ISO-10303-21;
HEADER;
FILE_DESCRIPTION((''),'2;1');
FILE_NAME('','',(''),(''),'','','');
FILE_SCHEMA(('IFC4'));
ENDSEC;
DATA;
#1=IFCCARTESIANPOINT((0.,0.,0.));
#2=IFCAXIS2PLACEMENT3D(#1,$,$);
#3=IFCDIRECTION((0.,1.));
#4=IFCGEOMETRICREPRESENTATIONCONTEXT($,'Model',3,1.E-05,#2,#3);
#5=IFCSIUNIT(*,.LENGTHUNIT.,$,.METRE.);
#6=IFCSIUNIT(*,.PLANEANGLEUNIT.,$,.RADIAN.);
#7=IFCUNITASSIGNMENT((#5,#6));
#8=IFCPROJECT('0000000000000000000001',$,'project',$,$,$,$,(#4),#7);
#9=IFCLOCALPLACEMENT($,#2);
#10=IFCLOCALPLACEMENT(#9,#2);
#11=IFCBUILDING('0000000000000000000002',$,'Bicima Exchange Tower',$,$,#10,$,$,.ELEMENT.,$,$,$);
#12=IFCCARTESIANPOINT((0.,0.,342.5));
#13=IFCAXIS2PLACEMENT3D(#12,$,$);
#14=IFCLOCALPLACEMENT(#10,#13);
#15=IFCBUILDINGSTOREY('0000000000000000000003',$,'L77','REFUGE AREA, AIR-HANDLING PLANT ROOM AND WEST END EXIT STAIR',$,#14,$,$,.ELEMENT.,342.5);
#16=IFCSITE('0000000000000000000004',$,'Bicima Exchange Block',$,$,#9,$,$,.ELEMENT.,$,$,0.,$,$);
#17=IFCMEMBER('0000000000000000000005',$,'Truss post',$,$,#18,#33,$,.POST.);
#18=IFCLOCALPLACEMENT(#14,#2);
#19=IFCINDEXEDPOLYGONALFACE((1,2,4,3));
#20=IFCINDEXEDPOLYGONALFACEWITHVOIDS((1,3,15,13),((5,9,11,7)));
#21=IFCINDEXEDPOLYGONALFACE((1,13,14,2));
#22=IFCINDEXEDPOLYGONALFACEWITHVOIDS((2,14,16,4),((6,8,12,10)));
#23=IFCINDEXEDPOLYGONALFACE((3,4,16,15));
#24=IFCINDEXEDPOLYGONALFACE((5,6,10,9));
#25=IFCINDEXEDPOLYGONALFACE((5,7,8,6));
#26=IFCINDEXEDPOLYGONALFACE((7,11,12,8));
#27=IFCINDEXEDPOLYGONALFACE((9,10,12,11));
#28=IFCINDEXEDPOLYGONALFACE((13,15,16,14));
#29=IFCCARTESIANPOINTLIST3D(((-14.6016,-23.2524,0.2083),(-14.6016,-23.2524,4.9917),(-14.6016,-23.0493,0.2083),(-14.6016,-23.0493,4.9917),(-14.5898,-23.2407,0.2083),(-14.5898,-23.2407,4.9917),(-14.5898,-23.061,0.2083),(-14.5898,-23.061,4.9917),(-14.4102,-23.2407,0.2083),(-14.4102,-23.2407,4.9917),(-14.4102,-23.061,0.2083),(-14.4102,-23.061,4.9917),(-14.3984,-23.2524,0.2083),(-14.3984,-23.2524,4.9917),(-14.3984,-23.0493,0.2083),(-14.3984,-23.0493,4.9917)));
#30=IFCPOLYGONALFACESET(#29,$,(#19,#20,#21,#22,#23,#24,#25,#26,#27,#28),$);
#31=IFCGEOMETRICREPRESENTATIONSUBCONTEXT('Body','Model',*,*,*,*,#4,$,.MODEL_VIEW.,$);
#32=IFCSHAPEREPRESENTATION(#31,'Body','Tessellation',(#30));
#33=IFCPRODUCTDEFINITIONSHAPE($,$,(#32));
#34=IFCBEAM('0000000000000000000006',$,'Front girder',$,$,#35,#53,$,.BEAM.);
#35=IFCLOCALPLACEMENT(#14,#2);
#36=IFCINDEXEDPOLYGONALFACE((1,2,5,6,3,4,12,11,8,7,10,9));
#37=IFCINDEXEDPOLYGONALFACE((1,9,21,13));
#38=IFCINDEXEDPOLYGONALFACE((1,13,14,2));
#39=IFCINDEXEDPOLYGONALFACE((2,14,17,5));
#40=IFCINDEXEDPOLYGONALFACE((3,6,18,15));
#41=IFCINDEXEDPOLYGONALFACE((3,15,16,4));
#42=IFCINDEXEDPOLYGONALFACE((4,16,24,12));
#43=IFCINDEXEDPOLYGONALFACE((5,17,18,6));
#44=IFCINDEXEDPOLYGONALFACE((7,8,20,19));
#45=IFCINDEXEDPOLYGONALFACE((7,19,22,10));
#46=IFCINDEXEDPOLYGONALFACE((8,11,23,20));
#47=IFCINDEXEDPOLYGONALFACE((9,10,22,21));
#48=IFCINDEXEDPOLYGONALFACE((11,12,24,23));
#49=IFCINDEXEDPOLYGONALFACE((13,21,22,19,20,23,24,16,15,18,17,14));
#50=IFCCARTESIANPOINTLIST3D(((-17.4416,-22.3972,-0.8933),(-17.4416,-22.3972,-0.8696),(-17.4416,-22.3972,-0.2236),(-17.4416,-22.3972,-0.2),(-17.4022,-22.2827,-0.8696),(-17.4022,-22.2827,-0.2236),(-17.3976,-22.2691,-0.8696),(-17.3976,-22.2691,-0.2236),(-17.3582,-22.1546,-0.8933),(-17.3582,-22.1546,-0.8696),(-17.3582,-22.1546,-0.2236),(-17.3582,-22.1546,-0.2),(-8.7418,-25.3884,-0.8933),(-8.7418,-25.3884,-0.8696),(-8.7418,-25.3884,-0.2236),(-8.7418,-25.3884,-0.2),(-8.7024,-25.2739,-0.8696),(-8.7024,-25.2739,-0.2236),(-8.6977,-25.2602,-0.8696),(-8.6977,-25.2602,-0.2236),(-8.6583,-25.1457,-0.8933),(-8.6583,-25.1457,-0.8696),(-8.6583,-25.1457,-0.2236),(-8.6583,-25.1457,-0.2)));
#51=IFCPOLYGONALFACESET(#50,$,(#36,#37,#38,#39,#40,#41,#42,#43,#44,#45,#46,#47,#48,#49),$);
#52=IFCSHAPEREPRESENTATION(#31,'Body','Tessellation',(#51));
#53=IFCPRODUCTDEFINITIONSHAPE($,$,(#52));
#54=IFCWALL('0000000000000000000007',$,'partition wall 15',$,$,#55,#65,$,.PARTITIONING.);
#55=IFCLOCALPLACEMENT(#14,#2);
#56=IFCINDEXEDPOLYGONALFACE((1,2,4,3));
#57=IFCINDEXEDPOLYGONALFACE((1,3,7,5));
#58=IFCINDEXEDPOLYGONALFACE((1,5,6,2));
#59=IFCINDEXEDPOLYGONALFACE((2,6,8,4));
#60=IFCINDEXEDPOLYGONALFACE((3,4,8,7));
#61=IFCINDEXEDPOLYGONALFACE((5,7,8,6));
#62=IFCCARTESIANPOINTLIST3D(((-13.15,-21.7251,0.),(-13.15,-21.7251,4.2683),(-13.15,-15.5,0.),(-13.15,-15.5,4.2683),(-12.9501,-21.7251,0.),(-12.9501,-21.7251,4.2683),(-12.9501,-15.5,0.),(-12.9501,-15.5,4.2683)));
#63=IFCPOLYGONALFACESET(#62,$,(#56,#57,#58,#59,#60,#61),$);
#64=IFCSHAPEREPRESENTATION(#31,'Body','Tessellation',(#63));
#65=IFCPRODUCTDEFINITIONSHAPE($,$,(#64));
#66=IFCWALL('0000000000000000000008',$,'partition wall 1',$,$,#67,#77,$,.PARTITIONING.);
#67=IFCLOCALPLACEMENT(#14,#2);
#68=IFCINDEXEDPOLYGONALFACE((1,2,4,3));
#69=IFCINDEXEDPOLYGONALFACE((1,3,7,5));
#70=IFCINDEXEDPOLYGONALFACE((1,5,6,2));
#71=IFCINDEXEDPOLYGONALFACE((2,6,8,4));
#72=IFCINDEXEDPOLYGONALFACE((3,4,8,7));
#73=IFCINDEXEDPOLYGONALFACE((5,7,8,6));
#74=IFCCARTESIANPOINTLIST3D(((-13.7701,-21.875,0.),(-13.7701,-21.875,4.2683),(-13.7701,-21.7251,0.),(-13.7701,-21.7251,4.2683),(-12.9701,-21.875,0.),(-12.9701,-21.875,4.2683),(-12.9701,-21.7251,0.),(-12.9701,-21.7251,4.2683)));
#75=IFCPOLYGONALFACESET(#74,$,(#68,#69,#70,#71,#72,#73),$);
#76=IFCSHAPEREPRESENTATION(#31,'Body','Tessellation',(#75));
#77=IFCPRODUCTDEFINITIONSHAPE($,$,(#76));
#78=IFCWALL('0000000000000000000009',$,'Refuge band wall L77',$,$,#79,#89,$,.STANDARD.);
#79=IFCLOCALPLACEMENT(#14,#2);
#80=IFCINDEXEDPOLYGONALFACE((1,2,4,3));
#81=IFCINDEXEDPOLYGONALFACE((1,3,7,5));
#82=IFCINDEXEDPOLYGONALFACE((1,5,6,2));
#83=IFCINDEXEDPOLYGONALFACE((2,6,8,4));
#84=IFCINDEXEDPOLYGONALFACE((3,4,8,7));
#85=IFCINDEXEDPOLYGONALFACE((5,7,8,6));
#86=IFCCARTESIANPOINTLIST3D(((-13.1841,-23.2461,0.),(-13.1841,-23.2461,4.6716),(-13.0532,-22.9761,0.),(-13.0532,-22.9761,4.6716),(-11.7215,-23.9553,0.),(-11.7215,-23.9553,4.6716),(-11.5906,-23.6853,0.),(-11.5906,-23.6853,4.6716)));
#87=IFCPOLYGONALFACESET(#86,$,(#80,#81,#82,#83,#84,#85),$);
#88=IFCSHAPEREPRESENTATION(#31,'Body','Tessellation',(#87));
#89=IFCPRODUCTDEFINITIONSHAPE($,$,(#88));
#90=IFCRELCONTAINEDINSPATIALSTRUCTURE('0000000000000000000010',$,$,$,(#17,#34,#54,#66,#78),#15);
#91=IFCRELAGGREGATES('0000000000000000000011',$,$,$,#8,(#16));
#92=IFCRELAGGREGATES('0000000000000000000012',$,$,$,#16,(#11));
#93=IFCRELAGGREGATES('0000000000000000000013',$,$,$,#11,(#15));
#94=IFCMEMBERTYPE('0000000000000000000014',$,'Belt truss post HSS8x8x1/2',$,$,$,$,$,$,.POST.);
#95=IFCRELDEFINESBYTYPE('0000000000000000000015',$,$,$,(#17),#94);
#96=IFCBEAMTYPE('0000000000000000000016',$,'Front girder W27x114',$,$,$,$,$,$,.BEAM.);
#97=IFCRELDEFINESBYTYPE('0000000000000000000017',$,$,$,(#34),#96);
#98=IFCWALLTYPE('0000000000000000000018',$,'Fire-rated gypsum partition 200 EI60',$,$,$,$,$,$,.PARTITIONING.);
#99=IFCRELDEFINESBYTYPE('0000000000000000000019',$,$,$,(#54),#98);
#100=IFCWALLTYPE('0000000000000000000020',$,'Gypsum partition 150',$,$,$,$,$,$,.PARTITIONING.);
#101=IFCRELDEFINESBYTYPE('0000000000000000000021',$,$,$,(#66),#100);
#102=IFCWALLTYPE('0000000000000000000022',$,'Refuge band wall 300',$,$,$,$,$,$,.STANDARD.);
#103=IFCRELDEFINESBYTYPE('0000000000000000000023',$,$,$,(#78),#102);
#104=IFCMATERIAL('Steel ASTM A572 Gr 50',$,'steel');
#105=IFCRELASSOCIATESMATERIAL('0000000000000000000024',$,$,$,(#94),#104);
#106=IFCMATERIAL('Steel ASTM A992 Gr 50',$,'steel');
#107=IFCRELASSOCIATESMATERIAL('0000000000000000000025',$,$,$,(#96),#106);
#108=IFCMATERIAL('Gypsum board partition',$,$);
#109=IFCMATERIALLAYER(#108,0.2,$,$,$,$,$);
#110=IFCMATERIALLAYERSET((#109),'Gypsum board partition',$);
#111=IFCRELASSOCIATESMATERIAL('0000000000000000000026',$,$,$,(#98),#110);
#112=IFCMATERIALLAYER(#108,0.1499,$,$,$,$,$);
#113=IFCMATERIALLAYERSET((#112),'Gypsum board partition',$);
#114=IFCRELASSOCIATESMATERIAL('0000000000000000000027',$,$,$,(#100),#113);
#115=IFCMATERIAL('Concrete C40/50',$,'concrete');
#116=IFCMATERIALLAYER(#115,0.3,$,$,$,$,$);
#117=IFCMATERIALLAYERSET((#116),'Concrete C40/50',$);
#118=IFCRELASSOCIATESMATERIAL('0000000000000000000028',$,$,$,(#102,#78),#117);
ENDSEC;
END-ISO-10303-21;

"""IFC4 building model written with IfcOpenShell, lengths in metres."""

from ifc_helpers import new_model, si_unit, direction, frame, frame_2d, origin, origin_2d, place, context, subcontext, project, spatial, rectangle, hollow_rectangle, i_section, extrude, material, layer, layer_set, layer_usage, material_profile, profile_set, type_object, element, save


model = new_model("IFC4")

# Units and contexts
model_context = context("Model", 3, precision=1e-05, world=origin(), true_north=direction((0.0, 1.0)))
body_context = subcontext(model_context, "Body", "Model", "MODEL_VIEW")
ifc_project = project(units=[si_unit("LENGTHUNIT", "METRE"), si_unit("PLANEANGLEUNIT", "RADIAN")], contexts=[model_context])

# Site, building, storey
site_placement = place(None, origin())
site = spatial("IfcSite", under=ifc_project, at=site_placement, Name="Bicima Exchange Block", CompositionType="ELEMENT", RefElevation=0.0)
building_placement = place(site_placement, origin())
building = spatial("IfcBuilding", under=site, at=building_placement, Name="Bicima Exchange Tower", CompositionType="ELEMENT")
storey_placement = place(building_placement, frame((0.0, 0.0, 342.5)))
storey = spatial("IfcBuildingStorey", under=building, at=storey_placement, Name="L77", Description="REFUGE AREA, AIR-HANDLING PLANT ROOM AND WEST END EXIT STAIR", CompositionType="ELEMENT", Elevation=342.5)

# Shared definitions
ifc_material_1 = material(Name="Steel ASTM A992 Gr 50", Category="steel")

# Member
ifc_material_2 = material(Name="Steel ASTM A572 Gr 50", Category="steel")
ifc_material_profile_1 = material_profile(ifc_material_2, hollow_rectangle(XDim=0.2031, YDim=0.2031, WallThickness=0.0117, at=origin_2d()))
ifc_profile_set_1 = profile_set([ifc_material_profile_1], Name="Steel ASTM A572 Gr 50")
member_type_1 = type_object("IfcMemberType", Name="Belt truss post HSS8x8x1/2", PredefinedType="POST", material=ifc_profile_set_1)
for number, where, z_axis, x_axis, name in (
    (1, (-14.5, -23.1509, 0.2083), (0.0, 0.0, 1.0), (1.0, 0.0, 0.0), "Truss post"),
):
    element("IfcMember", number, at=place(storey_placement, frame(where, z_axis=z_axis, x_axis=x_axis)), inside=storey, type_object=member_type_1, Name=name, PredefinedType="POST", context=body_context, shape_type="SweptSolid", body=[
        extrude(hollow_rectangle(XDim=0.2031, YDim=0.2031, WallThickness=0.0117, at=origin_2d()), origin(), (0.0, 0.0, 1.0), 4.7834),
    ])

# Beam
ifc_material_profile_2 = material_profile(ifc_material_1, i_section(OverallWidth=0.2566, OverallDepth=0.6934, WebThickness=0.0144, FlangeThickness=0.0237, at=origin_2d()))
ifc_profile_set_2 = profile_set([ifc_material_profile_2], Name="Steel ASTM A992 Gr 50")
beam_type = type_object("IfcBeamType", Name="Front girder W27x114", PredefinedType="BEAM", material=ifc_profile_set_2)
beam_placement = place(storey_placement, frame((-17.3999, -22.2759, -0.5466), z_axis=(0.945666, -0.325138, 0.0), x_axis=(0.325138, 0.945666, 0.0)))
element("IfcBeam", 2, at=beam_placement, inside=storey, type_object=beam_type, Name="Front girder", PredefinedType="BEAM", context=body_context, shape_type="SweptSolid", body=[
    extrude(i_section(OverallWidth=0.2566, OverallDepth=0.6934, WebThickness=0.0144, FlangeThickness=0.0237, at=origin_2d()), origin(), (0.0, 0.0, 1.0), 9.1997),
])

# Walls
ifc_material_3 = material(Name="Gypsum board partition")
ifc_layer_1 = layer(ifc_material_3, 0.2)
ifc_layer_set_1 = layer_set([ifc_layer_1], Name="Gypsum board partition")
wall_type_1 = type_object("IfcWallType", Name="Fire-rated gypsum partition 200 EI60", PredefinedType="PARTITIONING", material=ifc_layer_set_1)
wall_1_placement = place(storey_placement, frame((-13.05, -21.7251, 0.0), z_axis=(0.0, 0.0, 1.0), x_axis=(0.0, 1.0, 0.0)))
element("IfcWall", 3, at=wall_1_placement, inside=storey, type_object=wall_type_1, Name="partition wall 15", PredefinedType="PARTITIONING", context=body_context, shape_type="SweptSolid", body=[
    extrude(rectangle(XDim=6.2251, YDim=0.2, at=frame_2d((3.1125, 0.0))), origin(), (0.0, 0.0, 1.0), 4.2683),
])
ifc_layer_2 = layer(ifc_material_3, 0.1499)
ifc_layer_set_2 = layer_set([ifc_layer_2], Name="Gypsum board partition")
wall_type_2 = type_object("IfcWallType", Name="Gypsum partition 150", PredefinedType="PARTITIONING", material=ifc_layer_set_2)
wall_2_placement = place(storey_placement, frame((-13.77, -21.8, 0.0), z_axis=(0.0, 0.0, 1.0), x_axis=(1.0, 0.0, 0.0)))
element("IfcWall", 4, at=wall_2_placement, inside=storey, type_object=wall_type_2, Name="partition wall 1", PredefinedType="PARTITIONING", context=body_context, shape_type="SweptSolid", body=[
    extrude(rectangle(XDim=0.8, YDim=0.1499, at=frame_2d((0.3999, 0.0))), origin(), (0.0, 0.0, 1.0), 4.2683),
])
ifc_material_4 = material(Name="Concrete C40/50", Category="concrete")
ifc_layer_3 = layer(ifc_material_4, 0.3)
ifc_layer_set_3 = layer_set([ifc_layer_3], Name="Concrete C40/50")
ifc_layer_usage = layer_usage(ifc_layer_set_3, "AXIS2", "POSITIVE", -0.15)
wall_type_3 = type_object("IfcWallType", Name="Refuge band wall 300", PredefinedType="STANDARD", material=ifc_layer_set_3)
wall_3_placement = place(storey_placement, frame((-13.1187, -23.1111, 0.0), z_axis=(0.0, 0.0, 1.0), x_axis=(0.899798, -0.436307, 0.0)))
element("IfcWall", 5, at=wall_3_placement, inside=storey, type_object=wall_type_3, material=ifc_layer_usage, Name="Refuge band wall L77", PredefinedType="STANDARD", context=body_context, shape_type="SweptSolid", body=[
    extrude(rectangle(XDim=1.6255, YDim=0.3, at=frame_2d((0.8127, 0.0))), origin(), (0.0, 0.0, 1.0), 4.6716),
])

save(model, "model.ifc")
